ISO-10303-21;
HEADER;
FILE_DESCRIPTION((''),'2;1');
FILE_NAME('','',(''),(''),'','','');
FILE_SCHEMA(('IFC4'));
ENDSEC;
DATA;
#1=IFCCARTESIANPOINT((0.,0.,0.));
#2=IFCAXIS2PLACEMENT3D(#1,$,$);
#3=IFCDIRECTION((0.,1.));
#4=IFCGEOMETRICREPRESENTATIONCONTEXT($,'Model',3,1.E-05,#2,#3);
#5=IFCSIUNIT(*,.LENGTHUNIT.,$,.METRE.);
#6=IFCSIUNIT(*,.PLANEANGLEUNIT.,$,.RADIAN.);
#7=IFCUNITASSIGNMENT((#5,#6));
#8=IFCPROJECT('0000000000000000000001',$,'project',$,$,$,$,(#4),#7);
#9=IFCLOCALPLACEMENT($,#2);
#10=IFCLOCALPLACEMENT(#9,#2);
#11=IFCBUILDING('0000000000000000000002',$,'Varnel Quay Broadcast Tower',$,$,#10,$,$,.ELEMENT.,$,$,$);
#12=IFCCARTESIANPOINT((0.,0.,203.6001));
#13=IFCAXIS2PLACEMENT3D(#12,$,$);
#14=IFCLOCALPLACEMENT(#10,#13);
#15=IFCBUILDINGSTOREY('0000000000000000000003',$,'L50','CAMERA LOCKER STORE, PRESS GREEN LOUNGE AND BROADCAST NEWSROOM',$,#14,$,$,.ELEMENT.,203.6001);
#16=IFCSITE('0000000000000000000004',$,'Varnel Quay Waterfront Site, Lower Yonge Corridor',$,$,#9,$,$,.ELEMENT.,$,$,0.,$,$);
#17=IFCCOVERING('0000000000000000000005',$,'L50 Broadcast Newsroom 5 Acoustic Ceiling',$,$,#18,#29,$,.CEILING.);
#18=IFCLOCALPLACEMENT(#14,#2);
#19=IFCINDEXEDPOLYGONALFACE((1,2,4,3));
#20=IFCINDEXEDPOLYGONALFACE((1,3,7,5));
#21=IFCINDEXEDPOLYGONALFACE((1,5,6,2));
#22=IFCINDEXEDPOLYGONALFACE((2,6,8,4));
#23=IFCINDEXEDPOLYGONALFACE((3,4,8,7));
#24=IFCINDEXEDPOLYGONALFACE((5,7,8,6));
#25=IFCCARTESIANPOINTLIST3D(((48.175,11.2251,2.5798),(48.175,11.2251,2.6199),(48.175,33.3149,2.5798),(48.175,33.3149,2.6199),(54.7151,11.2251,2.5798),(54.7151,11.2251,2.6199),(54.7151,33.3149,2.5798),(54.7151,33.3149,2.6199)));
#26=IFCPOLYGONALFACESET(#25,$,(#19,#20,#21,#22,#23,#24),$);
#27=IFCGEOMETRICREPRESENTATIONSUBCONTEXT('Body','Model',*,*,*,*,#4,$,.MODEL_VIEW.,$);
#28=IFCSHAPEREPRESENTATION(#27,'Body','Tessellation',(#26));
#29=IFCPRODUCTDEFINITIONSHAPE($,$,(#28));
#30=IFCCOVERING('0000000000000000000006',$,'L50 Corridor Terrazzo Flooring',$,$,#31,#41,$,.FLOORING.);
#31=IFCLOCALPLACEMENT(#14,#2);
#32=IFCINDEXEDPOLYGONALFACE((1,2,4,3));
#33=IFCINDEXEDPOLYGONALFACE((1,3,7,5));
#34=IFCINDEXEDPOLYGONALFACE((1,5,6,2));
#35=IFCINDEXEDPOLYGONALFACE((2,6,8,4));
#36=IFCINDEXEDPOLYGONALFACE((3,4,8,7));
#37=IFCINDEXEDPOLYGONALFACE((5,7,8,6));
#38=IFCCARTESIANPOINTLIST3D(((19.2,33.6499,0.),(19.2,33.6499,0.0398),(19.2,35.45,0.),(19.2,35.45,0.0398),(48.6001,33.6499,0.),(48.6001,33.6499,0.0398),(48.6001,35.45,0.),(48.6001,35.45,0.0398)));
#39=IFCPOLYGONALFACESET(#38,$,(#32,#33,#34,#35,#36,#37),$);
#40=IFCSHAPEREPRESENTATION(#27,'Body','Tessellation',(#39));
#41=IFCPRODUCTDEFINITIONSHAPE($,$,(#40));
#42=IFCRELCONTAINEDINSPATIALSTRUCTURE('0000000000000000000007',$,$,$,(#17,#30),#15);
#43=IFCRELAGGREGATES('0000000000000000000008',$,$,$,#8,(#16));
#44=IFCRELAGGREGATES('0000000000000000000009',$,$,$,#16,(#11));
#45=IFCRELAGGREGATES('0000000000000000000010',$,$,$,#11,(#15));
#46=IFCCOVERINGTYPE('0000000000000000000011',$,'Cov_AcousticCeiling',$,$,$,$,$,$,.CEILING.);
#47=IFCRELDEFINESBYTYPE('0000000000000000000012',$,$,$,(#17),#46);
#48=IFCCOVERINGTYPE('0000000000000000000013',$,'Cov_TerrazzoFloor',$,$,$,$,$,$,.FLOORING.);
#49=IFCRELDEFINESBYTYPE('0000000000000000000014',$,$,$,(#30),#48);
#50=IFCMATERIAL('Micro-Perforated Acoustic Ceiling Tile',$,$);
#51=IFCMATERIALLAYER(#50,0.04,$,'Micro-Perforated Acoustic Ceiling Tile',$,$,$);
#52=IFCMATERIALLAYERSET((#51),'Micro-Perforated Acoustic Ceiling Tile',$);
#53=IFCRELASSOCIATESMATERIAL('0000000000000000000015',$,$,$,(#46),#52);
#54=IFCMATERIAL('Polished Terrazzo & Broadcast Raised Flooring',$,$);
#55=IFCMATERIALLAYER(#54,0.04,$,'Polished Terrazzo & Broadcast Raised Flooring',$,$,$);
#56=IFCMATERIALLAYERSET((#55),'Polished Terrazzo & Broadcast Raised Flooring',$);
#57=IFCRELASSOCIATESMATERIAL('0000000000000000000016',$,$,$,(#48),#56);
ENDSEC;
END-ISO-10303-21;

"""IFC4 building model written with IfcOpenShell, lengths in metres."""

from ifc_helpers import new_model, si_unit, direction, frame, origin, place, context, subcontext, project, spatial, polyline, outline, extrude, material, layer, layer_set, type_object, element, save


model = new_model("IFC4")

# Units and contexts
model_context = context("Model", 3, precision=1e-05, world=origin(), true_north=direction((0.0, 1.0)))
body_context = subcontext(model_context, "Body", "Model", "MODEL_VIEW")
ifc_project = project(units=[si_unit("LENGTHUNIT", "METRE"), si_unit("PLANEANGLEUNIT", "RADIAN")], contexts=[model_context])

# Site, building, storey
site_placement = place(None, origin())
site = spatial("IfcSite", under=ifc_project, at=site_placement, Name="Varnel Quay Waterfront Site, Lower Yonge Corridor", CompositionType="ELEMENT", RefElevation=0.0)
building_placement = place(site_placement, origin())
building = spatial("IfcBuilding", under=site, at=building_placement, Name="Varnel Quay Broadcast Tower", CompositionType="ELEMENT")
storey_placement = place(building_placement, frame((0.0, 0.0, 203.6001)))
storey = spatial("IfcBuildingStorey", under=building, at=storey_placement, Name="L50", Description="CAMERA LOCKER STORE, PRESS GREEN LOUNGE AND BROADCAST NEWSROOM", CompositionType="ELEMENT", Elevation=203.6001)

# Coverings
ifc_material_1 = material(Name="Micro-Perforated Acoustic Ceiling Tile")
ifc_layer_1 = layer(ifc_material_1, 0.04, Name="Micro-Perforated Acoustic Ceiling Tile")
ifc_layer_set_1 = layer_set([ifc_layer_1], Name="Micro-Perforated Acoustic Ceiling Tile")
covering_type_1 = type_object("IfcCoveringType", Name="Cov_AcousticCeiling", PredefinedType="CEILING", material=ifc_layer_set_1)
covering_1_placement = place(storey_placement, frame((0.0, 0.0, 2.5798)))
element("IfcCovering", 1, at=covering_1_placement, inside=storey, type_object=covering_type_1, Name="L50 Broadcast Newsroom 5 Acoustic Ceiling", PredefinedType="CEILING", context=body_context, shape_type="SweptSolid", body=[
    extrude(outline(polyline([(48.175, 11.2251), (54.7151, 11.2251), (54.7151, 33.3149), (48.175, 33.3149), (48.175, 11.2251)])), origin(), (0.0, 0.0, 1.0), 0.04),
])
ifc_material_2 = material(Name="Polished Terrazzo & Broadcast Raised Flooring")
ifc_layer_2 = layer(ifc_material_2, 0.04, Name="Polished Terrazzo & Broadcast Raised Flooring")
ifc_layer_set_2 = layer_set([ifc_layer_2], Name="Polished Terrazzo & Broadcast Raised Flooring")
covering_type_2 = type_object("IfcCoveringType", Name="Cov_TerrazzoFloor", PredefinedType="FLOORING", material=ifc_layer_set_2)
covering_2_placement = place(storey_placement, origin())
element("IfcCovering", 2, at=covering_2_placement, inside=storey, type_object=covering_type_2, Name="L50 Corridor Terrazzo Flooring", PredefinedType="FLOORING", context=body_context, shape_type="SweptSolid", body=[
    extrude(outline(polyline([(19.2, 33.6499), (48.6001, 33.6499), (48.6001, 35.45), (19.2, 35.45), (19.2, 33.6499)])), origin(), (0.0, 0.0, 1.0), 0.0398),
])

save(model, "model.ifc")
